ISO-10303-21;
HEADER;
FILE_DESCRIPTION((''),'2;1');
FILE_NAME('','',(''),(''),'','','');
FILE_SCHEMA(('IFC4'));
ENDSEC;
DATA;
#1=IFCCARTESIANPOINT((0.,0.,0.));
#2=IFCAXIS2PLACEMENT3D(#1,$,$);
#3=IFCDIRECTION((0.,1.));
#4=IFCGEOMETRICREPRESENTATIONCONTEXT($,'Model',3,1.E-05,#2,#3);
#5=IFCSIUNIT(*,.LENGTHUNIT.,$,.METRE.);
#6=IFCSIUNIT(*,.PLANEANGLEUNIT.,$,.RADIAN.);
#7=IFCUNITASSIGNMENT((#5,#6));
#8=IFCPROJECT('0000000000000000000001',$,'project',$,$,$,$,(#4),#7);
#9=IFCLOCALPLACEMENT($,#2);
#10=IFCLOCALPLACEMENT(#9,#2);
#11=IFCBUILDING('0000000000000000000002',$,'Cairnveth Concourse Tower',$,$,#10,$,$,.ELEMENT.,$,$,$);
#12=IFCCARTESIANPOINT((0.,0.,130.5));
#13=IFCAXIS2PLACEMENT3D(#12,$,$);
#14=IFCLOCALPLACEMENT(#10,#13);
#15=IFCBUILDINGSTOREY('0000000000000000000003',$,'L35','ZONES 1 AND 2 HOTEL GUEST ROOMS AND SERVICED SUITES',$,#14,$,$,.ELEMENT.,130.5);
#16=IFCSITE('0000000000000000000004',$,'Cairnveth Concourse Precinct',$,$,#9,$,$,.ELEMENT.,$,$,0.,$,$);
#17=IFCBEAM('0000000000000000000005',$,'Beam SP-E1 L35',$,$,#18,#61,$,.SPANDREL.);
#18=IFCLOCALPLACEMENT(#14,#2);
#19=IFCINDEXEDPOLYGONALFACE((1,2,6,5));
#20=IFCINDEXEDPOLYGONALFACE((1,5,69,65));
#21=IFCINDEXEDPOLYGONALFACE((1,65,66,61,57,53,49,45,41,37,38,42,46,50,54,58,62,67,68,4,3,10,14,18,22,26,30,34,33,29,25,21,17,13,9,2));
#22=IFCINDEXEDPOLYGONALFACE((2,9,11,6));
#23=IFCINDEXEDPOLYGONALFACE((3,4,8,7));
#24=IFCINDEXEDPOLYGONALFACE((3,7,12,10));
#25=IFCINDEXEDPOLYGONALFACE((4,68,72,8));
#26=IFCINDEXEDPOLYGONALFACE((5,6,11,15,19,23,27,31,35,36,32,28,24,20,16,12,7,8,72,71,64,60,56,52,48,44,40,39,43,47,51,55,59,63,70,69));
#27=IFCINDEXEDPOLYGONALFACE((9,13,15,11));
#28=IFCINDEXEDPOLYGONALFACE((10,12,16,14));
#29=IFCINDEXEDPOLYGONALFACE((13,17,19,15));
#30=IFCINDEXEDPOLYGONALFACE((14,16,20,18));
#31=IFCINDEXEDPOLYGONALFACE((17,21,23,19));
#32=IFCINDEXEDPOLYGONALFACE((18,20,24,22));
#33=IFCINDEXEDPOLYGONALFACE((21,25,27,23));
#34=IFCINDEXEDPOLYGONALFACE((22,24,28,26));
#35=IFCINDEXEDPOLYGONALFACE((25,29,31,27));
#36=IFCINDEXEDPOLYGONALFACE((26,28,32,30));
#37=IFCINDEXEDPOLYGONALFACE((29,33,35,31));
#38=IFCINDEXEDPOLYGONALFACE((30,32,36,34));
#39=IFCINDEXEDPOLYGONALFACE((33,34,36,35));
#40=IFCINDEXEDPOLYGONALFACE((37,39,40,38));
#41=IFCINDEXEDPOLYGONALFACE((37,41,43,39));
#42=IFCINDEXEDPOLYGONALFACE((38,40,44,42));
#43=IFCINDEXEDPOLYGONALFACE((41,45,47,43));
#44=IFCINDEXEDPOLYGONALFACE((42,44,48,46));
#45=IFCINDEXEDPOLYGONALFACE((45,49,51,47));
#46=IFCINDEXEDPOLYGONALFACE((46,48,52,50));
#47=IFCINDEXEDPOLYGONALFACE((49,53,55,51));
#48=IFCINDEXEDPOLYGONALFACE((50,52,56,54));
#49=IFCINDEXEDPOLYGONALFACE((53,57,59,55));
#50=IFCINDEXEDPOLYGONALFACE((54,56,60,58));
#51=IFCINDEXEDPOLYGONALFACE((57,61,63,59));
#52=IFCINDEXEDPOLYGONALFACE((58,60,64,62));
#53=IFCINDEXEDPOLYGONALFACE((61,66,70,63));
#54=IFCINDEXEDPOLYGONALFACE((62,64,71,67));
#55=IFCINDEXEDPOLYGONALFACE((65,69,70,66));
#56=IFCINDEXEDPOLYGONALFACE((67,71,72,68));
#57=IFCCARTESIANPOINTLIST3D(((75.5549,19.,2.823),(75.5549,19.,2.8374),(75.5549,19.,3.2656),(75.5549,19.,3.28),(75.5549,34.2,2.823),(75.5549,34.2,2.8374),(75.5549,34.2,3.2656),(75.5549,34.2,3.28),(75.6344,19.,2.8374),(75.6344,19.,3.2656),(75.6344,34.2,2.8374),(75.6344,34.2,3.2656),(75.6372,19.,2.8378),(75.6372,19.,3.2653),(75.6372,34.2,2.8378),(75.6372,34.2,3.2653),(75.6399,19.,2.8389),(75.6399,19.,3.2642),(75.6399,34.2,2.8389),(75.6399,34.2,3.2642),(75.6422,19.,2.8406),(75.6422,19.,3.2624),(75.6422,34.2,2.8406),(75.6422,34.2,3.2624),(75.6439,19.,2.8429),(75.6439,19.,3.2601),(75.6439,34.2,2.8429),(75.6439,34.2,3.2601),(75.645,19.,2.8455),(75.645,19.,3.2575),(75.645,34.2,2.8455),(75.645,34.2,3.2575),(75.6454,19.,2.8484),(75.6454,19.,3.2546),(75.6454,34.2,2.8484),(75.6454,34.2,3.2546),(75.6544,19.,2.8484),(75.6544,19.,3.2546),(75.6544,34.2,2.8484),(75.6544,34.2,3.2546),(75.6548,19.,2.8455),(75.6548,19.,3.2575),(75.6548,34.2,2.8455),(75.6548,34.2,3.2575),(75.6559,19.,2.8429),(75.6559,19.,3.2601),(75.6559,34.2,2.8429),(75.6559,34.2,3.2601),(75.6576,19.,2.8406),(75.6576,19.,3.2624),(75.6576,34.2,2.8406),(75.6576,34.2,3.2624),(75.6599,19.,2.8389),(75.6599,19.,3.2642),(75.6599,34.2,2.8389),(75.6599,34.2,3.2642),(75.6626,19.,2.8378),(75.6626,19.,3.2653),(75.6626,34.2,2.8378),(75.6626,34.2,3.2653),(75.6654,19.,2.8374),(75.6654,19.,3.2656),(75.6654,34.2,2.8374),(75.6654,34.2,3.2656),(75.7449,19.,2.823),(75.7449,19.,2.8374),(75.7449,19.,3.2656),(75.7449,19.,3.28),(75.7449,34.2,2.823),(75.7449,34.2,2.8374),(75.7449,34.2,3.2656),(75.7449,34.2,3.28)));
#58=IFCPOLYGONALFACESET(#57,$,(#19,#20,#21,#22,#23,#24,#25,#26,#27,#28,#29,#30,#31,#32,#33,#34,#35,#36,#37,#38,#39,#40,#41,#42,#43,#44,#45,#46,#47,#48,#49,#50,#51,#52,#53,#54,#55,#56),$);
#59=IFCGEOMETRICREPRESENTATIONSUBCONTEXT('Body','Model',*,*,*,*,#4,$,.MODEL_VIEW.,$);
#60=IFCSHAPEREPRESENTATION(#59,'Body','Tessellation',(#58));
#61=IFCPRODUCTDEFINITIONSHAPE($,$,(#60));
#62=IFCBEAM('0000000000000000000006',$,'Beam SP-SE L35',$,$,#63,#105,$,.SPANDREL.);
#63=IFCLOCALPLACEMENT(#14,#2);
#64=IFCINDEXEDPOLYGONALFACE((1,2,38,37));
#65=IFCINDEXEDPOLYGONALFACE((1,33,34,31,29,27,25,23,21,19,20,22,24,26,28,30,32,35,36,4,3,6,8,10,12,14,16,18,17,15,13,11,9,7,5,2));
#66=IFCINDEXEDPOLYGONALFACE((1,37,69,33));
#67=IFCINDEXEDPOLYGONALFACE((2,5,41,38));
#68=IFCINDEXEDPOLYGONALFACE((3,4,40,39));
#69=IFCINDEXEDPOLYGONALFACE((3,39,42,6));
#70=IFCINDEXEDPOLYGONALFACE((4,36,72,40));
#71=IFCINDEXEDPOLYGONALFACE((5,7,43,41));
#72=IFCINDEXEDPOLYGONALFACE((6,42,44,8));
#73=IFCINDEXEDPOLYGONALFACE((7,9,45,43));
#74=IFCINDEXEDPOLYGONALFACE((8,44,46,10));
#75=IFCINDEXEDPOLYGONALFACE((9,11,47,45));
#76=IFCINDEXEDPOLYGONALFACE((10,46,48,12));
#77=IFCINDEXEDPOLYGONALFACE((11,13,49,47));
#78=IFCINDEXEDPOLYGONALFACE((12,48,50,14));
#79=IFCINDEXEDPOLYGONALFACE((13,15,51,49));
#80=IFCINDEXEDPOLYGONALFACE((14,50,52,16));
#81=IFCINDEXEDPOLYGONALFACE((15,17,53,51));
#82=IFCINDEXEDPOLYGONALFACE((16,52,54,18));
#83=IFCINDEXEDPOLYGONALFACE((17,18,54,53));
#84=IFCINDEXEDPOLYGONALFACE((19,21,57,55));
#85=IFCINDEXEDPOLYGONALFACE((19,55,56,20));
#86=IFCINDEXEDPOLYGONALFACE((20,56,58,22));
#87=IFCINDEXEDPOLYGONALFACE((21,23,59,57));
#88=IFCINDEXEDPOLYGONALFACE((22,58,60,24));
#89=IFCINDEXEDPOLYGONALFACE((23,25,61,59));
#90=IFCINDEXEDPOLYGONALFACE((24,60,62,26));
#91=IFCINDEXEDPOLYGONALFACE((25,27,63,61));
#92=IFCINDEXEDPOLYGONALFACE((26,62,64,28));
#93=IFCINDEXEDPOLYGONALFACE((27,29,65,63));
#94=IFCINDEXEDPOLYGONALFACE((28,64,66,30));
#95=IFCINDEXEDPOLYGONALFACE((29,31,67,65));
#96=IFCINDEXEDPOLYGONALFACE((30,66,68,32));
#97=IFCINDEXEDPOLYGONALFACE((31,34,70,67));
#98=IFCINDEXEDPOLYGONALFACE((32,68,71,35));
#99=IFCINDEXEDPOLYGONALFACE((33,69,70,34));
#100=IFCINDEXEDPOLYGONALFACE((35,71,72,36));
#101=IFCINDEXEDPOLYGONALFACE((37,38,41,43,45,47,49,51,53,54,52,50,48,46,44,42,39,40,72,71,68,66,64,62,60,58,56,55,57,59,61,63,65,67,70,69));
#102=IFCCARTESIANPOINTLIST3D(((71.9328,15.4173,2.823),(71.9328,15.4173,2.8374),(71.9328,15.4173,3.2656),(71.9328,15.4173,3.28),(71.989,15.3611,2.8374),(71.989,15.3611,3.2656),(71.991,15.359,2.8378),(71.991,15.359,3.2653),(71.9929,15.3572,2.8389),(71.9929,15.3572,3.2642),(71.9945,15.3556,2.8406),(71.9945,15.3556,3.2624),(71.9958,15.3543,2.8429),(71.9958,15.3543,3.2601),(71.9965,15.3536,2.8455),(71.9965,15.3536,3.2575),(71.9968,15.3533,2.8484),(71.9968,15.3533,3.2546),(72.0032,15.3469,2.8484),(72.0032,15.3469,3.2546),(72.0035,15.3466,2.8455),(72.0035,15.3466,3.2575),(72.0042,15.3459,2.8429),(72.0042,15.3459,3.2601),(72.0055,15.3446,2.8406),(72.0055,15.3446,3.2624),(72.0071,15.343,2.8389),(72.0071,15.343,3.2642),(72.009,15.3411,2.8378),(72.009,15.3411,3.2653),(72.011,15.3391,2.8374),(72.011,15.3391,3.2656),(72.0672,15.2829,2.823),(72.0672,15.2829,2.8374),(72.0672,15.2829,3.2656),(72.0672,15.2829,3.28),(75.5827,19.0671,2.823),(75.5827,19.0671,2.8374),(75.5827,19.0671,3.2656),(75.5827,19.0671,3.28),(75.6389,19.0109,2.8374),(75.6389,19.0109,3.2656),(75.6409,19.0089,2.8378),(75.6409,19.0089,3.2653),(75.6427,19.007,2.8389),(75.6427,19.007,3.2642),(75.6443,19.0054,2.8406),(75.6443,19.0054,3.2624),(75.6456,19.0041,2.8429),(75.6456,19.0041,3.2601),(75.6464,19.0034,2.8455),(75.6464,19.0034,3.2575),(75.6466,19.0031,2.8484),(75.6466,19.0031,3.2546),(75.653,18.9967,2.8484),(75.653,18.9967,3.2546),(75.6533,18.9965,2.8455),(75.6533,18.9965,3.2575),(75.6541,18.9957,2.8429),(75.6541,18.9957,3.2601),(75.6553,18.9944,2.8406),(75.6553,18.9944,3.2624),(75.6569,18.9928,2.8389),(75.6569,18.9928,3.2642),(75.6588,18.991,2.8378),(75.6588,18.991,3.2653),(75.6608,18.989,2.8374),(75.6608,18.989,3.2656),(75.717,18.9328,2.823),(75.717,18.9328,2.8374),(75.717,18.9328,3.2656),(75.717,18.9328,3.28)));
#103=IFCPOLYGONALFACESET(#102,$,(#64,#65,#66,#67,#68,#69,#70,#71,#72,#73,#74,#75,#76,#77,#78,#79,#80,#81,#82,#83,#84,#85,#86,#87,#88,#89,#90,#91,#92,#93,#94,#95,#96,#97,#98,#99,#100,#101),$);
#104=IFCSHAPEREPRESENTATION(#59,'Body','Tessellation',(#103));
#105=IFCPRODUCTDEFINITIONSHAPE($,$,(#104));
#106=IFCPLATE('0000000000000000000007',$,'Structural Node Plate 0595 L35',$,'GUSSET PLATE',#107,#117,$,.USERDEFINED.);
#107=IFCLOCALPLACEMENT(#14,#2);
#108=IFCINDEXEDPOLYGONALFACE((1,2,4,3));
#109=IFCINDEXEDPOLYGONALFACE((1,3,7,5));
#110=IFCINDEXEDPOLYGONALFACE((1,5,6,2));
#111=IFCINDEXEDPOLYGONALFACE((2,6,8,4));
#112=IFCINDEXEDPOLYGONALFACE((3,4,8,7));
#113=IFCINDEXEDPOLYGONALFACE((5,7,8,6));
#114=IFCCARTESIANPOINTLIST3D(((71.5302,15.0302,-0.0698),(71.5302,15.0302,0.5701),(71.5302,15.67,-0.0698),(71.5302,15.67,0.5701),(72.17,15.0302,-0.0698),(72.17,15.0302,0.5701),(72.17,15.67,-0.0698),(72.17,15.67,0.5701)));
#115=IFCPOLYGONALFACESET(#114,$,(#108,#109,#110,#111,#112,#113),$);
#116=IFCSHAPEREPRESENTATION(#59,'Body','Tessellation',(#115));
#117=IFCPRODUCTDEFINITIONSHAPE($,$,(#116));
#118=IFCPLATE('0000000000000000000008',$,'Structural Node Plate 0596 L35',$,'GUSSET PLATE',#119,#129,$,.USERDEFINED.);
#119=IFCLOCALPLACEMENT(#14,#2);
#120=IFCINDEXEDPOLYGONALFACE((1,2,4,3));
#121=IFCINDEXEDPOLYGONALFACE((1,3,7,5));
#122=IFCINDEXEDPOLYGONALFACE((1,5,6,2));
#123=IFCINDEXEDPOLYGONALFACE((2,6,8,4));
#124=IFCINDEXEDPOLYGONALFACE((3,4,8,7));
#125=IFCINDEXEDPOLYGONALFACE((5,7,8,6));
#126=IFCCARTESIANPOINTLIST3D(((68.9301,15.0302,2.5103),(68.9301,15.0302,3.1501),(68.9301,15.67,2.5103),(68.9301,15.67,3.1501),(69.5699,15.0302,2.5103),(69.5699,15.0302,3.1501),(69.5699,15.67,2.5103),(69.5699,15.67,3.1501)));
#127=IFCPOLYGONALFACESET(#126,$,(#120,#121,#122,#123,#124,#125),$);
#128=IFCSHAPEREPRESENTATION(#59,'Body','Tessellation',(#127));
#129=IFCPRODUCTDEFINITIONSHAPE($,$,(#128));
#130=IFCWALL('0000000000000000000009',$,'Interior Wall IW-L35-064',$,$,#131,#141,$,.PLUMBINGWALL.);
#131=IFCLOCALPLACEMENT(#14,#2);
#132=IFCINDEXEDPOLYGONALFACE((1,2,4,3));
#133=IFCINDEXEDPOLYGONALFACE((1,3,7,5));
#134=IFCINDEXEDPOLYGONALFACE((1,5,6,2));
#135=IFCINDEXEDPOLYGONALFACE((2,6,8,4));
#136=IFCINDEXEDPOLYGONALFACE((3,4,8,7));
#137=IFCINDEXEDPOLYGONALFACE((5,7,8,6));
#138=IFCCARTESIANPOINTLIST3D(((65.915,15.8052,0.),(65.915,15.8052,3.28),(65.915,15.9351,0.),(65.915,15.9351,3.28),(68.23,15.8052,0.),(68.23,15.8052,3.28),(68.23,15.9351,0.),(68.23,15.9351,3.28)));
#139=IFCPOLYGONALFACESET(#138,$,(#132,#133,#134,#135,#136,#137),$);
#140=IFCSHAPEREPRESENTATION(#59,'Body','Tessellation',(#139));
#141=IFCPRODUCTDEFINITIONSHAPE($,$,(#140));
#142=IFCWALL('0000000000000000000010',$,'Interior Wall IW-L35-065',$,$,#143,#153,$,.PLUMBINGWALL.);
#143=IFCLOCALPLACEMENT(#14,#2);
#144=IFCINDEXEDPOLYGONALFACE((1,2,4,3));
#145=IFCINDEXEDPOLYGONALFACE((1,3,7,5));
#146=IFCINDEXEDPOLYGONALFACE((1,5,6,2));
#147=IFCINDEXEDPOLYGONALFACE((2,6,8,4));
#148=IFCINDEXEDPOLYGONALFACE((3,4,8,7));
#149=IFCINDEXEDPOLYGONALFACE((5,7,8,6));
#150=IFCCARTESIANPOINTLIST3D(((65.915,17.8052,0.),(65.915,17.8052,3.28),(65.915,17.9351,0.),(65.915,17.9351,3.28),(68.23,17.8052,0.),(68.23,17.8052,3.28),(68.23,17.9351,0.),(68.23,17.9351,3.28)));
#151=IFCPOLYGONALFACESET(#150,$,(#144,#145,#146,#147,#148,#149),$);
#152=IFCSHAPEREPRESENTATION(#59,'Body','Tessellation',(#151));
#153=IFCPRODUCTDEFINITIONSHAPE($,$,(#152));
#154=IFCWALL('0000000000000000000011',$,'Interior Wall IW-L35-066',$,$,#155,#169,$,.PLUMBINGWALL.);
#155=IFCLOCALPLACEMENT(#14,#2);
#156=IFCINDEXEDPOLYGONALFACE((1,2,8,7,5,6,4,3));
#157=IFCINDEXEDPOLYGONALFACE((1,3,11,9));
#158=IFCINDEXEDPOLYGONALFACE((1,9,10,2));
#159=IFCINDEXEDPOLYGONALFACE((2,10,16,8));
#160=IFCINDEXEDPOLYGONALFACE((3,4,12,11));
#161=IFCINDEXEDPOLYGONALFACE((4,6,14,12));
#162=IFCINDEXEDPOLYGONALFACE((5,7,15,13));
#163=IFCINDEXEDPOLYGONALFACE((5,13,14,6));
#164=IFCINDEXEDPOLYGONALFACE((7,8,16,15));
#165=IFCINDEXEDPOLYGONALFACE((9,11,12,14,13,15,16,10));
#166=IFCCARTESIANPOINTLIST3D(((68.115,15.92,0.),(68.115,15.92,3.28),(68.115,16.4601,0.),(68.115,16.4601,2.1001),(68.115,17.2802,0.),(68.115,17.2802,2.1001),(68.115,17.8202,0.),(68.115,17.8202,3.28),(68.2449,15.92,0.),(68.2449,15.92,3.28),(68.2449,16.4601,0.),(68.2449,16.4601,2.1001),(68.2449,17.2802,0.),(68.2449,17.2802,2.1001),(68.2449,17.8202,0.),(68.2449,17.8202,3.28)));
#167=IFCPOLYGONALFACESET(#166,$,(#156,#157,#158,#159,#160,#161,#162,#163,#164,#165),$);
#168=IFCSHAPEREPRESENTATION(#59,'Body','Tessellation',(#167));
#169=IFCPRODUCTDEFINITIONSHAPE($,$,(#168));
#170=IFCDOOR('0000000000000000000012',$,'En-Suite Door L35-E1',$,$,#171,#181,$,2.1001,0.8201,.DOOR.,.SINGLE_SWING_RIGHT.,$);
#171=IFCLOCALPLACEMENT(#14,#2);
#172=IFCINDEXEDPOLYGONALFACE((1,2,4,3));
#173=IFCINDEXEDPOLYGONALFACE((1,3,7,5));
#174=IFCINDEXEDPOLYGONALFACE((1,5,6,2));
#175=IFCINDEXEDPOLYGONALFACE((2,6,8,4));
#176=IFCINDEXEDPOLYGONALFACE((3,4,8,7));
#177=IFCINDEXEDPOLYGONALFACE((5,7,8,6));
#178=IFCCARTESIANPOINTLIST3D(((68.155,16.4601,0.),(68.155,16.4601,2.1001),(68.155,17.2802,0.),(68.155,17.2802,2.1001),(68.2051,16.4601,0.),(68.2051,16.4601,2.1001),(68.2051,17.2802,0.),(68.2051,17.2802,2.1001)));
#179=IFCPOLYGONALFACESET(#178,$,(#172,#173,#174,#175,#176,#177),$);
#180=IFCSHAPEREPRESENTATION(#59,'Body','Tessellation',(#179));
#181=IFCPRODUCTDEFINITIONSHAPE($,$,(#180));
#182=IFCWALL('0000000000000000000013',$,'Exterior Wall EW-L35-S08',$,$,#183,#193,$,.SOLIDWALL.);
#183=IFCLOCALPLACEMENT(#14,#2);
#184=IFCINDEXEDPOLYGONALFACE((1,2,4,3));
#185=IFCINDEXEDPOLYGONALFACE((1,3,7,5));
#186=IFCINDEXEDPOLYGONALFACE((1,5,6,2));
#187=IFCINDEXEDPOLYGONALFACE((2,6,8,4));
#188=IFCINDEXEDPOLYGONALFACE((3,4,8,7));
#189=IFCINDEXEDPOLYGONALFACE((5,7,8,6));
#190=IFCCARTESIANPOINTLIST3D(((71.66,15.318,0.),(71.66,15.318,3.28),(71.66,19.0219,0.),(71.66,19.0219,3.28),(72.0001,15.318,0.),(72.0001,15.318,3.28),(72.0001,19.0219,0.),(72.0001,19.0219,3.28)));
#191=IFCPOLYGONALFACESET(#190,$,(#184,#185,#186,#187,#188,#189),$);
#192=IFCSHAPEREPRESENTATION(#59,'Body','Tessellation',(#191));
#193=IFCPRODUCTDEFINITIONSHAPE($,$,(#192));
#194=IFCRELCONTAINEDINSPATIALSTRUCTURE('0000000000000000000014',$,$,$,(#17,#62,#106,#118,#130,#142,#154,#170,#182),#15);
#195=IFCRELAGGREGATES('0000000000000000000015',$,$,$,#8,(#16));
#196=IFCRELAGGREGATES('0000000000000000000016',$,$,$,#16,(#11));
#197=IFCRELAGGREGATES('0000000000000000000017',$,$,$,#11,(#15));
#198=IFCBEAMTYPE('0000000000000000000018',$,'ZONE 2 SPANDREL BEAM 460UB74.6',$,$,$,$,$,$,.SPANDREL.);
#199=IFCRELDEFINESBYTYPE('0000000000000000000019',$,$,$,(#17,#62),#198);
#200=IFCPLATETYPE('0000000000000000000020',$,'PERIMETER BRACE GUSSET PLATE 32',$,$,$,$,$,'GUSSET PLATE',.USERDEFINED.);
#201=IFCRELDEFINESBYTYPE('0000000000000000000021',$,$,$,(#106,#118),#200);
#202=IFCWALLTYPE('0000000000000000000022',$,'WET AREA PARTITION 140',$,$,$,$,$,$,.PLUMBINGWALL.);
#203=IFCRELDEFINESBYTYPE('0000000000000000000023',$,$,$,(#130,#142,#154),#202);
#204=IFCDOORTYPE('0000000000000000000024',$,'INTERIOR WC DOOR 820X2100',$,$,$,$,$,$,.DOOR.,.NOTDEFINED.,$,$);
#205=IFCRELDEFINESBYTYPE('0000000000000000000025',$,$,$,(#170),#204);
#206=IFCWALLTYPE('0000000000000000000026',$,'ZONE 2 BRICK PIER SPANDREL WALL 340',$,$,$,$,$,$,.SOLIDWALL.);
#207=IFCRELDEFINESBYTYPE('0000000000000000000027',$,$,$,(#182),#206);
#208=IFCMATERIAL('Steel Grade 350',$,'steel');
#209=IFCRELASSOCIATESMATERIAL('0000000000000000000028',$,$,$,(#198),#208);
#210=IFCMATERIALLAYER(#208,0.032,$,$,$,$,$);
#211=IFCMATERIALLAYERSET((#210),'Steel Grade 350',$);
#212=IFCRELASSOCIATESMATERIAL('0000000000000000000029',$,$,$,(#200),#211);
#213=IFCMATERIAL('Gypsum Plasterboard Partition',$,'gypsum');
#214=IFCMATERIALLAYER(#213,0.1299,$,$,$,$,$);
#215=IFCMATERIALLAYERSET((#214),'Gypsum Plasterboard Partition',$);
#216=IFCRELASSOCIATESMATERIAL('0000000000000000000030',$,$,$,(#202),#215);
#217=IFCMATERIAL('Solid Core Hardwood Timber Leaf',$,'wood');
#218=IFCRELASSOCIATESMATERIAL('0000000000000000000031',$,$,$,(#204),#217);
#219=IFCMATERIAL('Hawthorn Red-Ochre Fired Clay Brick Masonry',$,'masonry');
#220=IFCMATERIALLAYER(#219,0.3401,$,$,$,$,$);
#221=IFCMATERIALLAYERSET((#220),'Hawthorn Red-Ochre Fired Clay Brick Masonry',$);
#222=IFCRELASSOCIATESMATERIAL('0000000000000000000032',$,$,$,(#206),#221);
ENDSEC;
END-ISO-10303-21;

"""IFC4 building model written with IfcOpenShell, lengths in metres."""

from ifc_helpers import new_model, si_unit, direction, frame, frame_2d, origin, origin_2d, place, context, subcontext, project, spatial, rectangle, i_section, extrude, material, layer, layer_set, material_profile, profile_set, type_object, element, fill, save


model = new_model("IFC4")

# Units and contexts
model_context = context("Model", 3, precision=1e-05, world=origin(), true_north=direction((0.0, 1.0)))
body_context = subcontext(model_context, "Body", "Model", "MODEL_VIEW")
ifc_project = project(units=[si_unit("LENGTHUNIT", "METRE"), si_unit("PLANEANGLEUNIT", "RADIAN")], contexts=[model_context])

# Site, building, storey
site_placement = place(None, origin())
site = spatial("IfcSite", under=ifc_project, at=site_placement, Name="Cairnveth Concourse Precinct", CompositionType="ELEMENT", RefElevation=0.0)
building_placement = place(site_placement, origin())
building = spatial("IfcBuilding", under=site, at=building_placement, Name="Cairnveth Concourse Tower", CompositionType="ELEMENT")
storey_placement = place(building_placement, frame((0.0, 0.0, 130.5)))
storey = spatial("IfcBuildingStorey", under=building, at=storey_placement, Name="L35", Description="ZONES 1 AND 2 HOTEL GUEST ROOMS AND SERVICED SUITES", CompositionType="ELEMENT", Elevation=130.5)

# Shared definitions
ifc_material_1 = material(Name="Steel Grade 350", Category="steel")

# Beams
ifc_material_profile_1 = material_profile(ifc_material_1, i_section(OverallWidth=0.1899, OverallDepth=0.457, WebThickness=0.009, FlangeThickness=0.0144, FilletRadius=0.011, at=origin_2d()), Name="460UB74.6")
ifc_profile_set_1 = profile_set([ifc_material_profile_1], Name="Steel Grade 350")
beam_type_1 = type_object("IfcBeamType", Name="ZONE 2 SPANDREL BEAM 460UB74.6", PredefinedType="SPANDREL", material=ifc_profile_set_1)
beam_1_placement = place(storey_placement, frame((75.6499, 19.0, 3.0515), z_axis=(0.0, 1.0, 0.0), x_axis=(-1.0, 0.0, 0.0)))
element("IfcBeam", 1, at=beam_1_placement, inside=storey, type_object=beam_type_1, Name="Beam SP-E1 L35", PredefinedType="SPANDREL", context=body_context, shape_type="SweptSolid", body=[
    extrude(i_section(OverallWidth=0.1899, OverallDepth=0.457, WebThickness=0.009, FlangeThickness=0.0144, FilletRadius=0.011, at=origin_2d()), origin(), (0.0, 0.0, 1.0), 15.2),
])
beam_2_placement = place(storey_placement, frame((72.0, 15.3501, 3.0515), z_axis=(0.707107, 0.707107, 0.0), x_axis=(-0.707107, 0.707107, 0.0)))
element("IfcBeam", 2, at=beam_2_placement, inside=storey, type_object=beam_type_1, Name="Beam SP-SE L35", PredefinedType="SPANDREL", context=body_context, shape_type="SweptSolid", body=[
    extrude(i_section(OverallWidth=0.1899, OverallDepth=0.457, WebThickness=0.009, FlangeThickness=0.0144, FilletRadius=0.011, at=origin_2d()), origin(), (0.0, 0.0, 1.0), 5.1616),
])

# Plates
ifc_layer_1 = layer(ifc_material_1, 0.032)
ifc_layer_set_1 = layer_set([ifc_layer_1], Name="Steel Grade 350")
plate_type = type_object("IfcPlateType", Name="PERIMETER BRACE GUSSET PLATE 32", ElementType="GUSSET PLATE", PredefinedType="USERDEFINED", material=ifc_layer_set_1)
for number, where, z_axis, x_axis, name in (
    (3, (71.8501, 15.3501, -0.0698), (0.0, 0.0, 1.0), (1.0, 0.0, 0.0), "Structural Node Plate 0595 L35"),
    (4, (69.25, 15.3501, 2.5103), (0.0, 0.0, 1.0), (1.0, 0.0, 0.0), "Structural Node Plate 0596 L35"),
):
    element("IfcPlate", number, at=place(storey_placement, frame(where, z_axis=z_axis, x_axis=x_axis)), inside=storey, type_object=plate_type, Name=name, ObjectType="GUSSET PLATE", PredefinedType="USERDEFINED", context=body_context, shape_type="SweptSolid", body=[
        extrude(rectangle(XDim=0.6399, YDim=0.6399, at=origin_2d()), origin(), (0.0, 0.0, 1.0), 0.6399),
    ])

# Walls
ifc_material_2 = material(Name="Gypsum Plasterboard Partition", Category="gypsum")
ifc_layer_2 = layer(ifc_material_2, 0.1299)
ifc_layer_set_2 = layer_set([ifc_layer_2], Name="Gypsum Plasterboard Partition")
wall_type_1 = type_object("IfcWallType", Name="WET AREA PARTITION 140", PredefinedType="PLUMBINGWALL", material=ifc_layer_set_2)
for number, where, z_axis, x_axis, name in (
    (5, (65.915, 15.8701, 0.0), (0.0, 0.0, 1.0), (1.0, 0.0, 0.0), "Interior Wall IW-L35-064"),
    (6, (65.915, 17.8701, 0.0), (0.0, 0.0, 1.0), (1.0, 0.0, 0.0), "Interior Wall IW-L35-065"),
):
    element("IfcWall", number, at=place(storey_placement, frame(where, z_axis=z_axis, x_axis=x_axis)), inside=storey, type_object=wall_type_1, Name=name, PredefinedType="PLUMBINGWALL", context=body_context, shape_type="SweptSolid", body=[
        extrude(rectangle(XDim=2.3149, YDim=0.1299, at=frame_2d((1.1575, 0.0))), origin(), (0.0, 0.0, 1.0), 3.28),
    ])

# Wall, opening, door
wall_1_placement = place(storey_placement, frame((68.1799, 15.9199, 0.0), z_axis=(0.0, 0.0, 1.0), x_axis=(0.0, 1.0, 0.0)))
wall_1 = element("IfcWall", 7, at=wall_1_placement, inside=storey, type_object=wall_type_1, Name="Interior Wall IW-L35-066", PredefinedType="PLUMBINGWALL", context=body_context, shape_type="SweptSolid", body=[
    extrude(rectangle(XDim=1.9001, YDim=0.1299, at=frame_2d((0.9502, 0.0))), origin(), (0.0, 0.0, 1.0), 3.28),
])
opening_1_placement = place(wall_1_placement, frame((0.54, 0.0, 0.0)))
opening_1 = element("IfcOpeningElement", 8, at=opening_1_placement, cuts=wall_1, PredefinedType="OPENING", context=body_context, shape_type="SweptSolid", body=[
    extrude(rectangle(XDim=0.8201, YDim=2.1001, at=frame_2d((0.4102, 1.05))), frame((0.0, 0.075, 0.0), z_axis=(0.0, -1.0, 0.0), x_axis=(1.0, 0.0, 0.0)), (0.0, 0.0, 1.0), 0.1499),
])
ifc_material_3 = material(Name="Solid Core Hardwood Timber Leaf", Category="wood")
door_type = type_object("IfcDoorType", Name="INTERIOR WC DOOR 820X2100", OperationType="NOTDEFINED", PredefinedType="DOOR", material=ifc_material_3)
door_placement = place(opening_1_placement, origin())
door = element("IfcDoor", 9, at=door_placement, inside=storey, type_object=door_type, Name="En-Suite Door L35-E1", OperationType="SINGLE_SWING_RIGHT", OverallHeight=2.1001, OverallWidth=0.8201, PredefinedType="DOOR", context=body_context, shape_type="SweptSolid", body=[
    extrude(rectangle(XDim=0.8201, YDim=2.1001, at=frame_2d((0.4102, 1.05))), frame((0.0, 0.0249, 0.0), z_axis=(0.0, -1.0, 0.0), x_axis=(1.0, 0.0, 0.0)), (0.0, 0.0, 1.0), 0.05),
])
fill(opening_1, door)

# Wall
ifc_material_4 = material(Name="Hawthorn Red-Ochre Fired Clay Brick Masonry", Category="masonry")
ifc_layer_3 = layer(ifc_material_4, 0.3401)
ifc_layer_set_3 = layer_set([ifc_layer_3], Name="Hawthorn Red-Ochre Fired Clay Brick Masonry")
wall_type_2 = type_object("IfcWallType", Name="ZONE 2 BRICK PIER SPANDREL WALL 340", PredefinedType="SOLIDWALL", material=ifc_layer_set_3)
wall_2_placement = place(storey_placement, frame((71.8301, 19.022, 0.0), z_axis=(0.0, 0.0, 1.0), x_axis=(0.0, -1.0, 0.0)))
element("IfcWall", 10, at=wall_2_placement, inside=storey, type_object=wall_type_2, Name="Exterior Wall EW-L35-S08", PredefinedType="SOLIDWALL", context=body_context, shape_type="SweptSolid", body=[
    extrude(rectangle(XDim=3.7039, YDim=0.3401, at=frame_2d((1.8521, 0.0))), origin(), (0.0, 0.0, 1.0), 3.28),
])

save(model, "model.ifc")
